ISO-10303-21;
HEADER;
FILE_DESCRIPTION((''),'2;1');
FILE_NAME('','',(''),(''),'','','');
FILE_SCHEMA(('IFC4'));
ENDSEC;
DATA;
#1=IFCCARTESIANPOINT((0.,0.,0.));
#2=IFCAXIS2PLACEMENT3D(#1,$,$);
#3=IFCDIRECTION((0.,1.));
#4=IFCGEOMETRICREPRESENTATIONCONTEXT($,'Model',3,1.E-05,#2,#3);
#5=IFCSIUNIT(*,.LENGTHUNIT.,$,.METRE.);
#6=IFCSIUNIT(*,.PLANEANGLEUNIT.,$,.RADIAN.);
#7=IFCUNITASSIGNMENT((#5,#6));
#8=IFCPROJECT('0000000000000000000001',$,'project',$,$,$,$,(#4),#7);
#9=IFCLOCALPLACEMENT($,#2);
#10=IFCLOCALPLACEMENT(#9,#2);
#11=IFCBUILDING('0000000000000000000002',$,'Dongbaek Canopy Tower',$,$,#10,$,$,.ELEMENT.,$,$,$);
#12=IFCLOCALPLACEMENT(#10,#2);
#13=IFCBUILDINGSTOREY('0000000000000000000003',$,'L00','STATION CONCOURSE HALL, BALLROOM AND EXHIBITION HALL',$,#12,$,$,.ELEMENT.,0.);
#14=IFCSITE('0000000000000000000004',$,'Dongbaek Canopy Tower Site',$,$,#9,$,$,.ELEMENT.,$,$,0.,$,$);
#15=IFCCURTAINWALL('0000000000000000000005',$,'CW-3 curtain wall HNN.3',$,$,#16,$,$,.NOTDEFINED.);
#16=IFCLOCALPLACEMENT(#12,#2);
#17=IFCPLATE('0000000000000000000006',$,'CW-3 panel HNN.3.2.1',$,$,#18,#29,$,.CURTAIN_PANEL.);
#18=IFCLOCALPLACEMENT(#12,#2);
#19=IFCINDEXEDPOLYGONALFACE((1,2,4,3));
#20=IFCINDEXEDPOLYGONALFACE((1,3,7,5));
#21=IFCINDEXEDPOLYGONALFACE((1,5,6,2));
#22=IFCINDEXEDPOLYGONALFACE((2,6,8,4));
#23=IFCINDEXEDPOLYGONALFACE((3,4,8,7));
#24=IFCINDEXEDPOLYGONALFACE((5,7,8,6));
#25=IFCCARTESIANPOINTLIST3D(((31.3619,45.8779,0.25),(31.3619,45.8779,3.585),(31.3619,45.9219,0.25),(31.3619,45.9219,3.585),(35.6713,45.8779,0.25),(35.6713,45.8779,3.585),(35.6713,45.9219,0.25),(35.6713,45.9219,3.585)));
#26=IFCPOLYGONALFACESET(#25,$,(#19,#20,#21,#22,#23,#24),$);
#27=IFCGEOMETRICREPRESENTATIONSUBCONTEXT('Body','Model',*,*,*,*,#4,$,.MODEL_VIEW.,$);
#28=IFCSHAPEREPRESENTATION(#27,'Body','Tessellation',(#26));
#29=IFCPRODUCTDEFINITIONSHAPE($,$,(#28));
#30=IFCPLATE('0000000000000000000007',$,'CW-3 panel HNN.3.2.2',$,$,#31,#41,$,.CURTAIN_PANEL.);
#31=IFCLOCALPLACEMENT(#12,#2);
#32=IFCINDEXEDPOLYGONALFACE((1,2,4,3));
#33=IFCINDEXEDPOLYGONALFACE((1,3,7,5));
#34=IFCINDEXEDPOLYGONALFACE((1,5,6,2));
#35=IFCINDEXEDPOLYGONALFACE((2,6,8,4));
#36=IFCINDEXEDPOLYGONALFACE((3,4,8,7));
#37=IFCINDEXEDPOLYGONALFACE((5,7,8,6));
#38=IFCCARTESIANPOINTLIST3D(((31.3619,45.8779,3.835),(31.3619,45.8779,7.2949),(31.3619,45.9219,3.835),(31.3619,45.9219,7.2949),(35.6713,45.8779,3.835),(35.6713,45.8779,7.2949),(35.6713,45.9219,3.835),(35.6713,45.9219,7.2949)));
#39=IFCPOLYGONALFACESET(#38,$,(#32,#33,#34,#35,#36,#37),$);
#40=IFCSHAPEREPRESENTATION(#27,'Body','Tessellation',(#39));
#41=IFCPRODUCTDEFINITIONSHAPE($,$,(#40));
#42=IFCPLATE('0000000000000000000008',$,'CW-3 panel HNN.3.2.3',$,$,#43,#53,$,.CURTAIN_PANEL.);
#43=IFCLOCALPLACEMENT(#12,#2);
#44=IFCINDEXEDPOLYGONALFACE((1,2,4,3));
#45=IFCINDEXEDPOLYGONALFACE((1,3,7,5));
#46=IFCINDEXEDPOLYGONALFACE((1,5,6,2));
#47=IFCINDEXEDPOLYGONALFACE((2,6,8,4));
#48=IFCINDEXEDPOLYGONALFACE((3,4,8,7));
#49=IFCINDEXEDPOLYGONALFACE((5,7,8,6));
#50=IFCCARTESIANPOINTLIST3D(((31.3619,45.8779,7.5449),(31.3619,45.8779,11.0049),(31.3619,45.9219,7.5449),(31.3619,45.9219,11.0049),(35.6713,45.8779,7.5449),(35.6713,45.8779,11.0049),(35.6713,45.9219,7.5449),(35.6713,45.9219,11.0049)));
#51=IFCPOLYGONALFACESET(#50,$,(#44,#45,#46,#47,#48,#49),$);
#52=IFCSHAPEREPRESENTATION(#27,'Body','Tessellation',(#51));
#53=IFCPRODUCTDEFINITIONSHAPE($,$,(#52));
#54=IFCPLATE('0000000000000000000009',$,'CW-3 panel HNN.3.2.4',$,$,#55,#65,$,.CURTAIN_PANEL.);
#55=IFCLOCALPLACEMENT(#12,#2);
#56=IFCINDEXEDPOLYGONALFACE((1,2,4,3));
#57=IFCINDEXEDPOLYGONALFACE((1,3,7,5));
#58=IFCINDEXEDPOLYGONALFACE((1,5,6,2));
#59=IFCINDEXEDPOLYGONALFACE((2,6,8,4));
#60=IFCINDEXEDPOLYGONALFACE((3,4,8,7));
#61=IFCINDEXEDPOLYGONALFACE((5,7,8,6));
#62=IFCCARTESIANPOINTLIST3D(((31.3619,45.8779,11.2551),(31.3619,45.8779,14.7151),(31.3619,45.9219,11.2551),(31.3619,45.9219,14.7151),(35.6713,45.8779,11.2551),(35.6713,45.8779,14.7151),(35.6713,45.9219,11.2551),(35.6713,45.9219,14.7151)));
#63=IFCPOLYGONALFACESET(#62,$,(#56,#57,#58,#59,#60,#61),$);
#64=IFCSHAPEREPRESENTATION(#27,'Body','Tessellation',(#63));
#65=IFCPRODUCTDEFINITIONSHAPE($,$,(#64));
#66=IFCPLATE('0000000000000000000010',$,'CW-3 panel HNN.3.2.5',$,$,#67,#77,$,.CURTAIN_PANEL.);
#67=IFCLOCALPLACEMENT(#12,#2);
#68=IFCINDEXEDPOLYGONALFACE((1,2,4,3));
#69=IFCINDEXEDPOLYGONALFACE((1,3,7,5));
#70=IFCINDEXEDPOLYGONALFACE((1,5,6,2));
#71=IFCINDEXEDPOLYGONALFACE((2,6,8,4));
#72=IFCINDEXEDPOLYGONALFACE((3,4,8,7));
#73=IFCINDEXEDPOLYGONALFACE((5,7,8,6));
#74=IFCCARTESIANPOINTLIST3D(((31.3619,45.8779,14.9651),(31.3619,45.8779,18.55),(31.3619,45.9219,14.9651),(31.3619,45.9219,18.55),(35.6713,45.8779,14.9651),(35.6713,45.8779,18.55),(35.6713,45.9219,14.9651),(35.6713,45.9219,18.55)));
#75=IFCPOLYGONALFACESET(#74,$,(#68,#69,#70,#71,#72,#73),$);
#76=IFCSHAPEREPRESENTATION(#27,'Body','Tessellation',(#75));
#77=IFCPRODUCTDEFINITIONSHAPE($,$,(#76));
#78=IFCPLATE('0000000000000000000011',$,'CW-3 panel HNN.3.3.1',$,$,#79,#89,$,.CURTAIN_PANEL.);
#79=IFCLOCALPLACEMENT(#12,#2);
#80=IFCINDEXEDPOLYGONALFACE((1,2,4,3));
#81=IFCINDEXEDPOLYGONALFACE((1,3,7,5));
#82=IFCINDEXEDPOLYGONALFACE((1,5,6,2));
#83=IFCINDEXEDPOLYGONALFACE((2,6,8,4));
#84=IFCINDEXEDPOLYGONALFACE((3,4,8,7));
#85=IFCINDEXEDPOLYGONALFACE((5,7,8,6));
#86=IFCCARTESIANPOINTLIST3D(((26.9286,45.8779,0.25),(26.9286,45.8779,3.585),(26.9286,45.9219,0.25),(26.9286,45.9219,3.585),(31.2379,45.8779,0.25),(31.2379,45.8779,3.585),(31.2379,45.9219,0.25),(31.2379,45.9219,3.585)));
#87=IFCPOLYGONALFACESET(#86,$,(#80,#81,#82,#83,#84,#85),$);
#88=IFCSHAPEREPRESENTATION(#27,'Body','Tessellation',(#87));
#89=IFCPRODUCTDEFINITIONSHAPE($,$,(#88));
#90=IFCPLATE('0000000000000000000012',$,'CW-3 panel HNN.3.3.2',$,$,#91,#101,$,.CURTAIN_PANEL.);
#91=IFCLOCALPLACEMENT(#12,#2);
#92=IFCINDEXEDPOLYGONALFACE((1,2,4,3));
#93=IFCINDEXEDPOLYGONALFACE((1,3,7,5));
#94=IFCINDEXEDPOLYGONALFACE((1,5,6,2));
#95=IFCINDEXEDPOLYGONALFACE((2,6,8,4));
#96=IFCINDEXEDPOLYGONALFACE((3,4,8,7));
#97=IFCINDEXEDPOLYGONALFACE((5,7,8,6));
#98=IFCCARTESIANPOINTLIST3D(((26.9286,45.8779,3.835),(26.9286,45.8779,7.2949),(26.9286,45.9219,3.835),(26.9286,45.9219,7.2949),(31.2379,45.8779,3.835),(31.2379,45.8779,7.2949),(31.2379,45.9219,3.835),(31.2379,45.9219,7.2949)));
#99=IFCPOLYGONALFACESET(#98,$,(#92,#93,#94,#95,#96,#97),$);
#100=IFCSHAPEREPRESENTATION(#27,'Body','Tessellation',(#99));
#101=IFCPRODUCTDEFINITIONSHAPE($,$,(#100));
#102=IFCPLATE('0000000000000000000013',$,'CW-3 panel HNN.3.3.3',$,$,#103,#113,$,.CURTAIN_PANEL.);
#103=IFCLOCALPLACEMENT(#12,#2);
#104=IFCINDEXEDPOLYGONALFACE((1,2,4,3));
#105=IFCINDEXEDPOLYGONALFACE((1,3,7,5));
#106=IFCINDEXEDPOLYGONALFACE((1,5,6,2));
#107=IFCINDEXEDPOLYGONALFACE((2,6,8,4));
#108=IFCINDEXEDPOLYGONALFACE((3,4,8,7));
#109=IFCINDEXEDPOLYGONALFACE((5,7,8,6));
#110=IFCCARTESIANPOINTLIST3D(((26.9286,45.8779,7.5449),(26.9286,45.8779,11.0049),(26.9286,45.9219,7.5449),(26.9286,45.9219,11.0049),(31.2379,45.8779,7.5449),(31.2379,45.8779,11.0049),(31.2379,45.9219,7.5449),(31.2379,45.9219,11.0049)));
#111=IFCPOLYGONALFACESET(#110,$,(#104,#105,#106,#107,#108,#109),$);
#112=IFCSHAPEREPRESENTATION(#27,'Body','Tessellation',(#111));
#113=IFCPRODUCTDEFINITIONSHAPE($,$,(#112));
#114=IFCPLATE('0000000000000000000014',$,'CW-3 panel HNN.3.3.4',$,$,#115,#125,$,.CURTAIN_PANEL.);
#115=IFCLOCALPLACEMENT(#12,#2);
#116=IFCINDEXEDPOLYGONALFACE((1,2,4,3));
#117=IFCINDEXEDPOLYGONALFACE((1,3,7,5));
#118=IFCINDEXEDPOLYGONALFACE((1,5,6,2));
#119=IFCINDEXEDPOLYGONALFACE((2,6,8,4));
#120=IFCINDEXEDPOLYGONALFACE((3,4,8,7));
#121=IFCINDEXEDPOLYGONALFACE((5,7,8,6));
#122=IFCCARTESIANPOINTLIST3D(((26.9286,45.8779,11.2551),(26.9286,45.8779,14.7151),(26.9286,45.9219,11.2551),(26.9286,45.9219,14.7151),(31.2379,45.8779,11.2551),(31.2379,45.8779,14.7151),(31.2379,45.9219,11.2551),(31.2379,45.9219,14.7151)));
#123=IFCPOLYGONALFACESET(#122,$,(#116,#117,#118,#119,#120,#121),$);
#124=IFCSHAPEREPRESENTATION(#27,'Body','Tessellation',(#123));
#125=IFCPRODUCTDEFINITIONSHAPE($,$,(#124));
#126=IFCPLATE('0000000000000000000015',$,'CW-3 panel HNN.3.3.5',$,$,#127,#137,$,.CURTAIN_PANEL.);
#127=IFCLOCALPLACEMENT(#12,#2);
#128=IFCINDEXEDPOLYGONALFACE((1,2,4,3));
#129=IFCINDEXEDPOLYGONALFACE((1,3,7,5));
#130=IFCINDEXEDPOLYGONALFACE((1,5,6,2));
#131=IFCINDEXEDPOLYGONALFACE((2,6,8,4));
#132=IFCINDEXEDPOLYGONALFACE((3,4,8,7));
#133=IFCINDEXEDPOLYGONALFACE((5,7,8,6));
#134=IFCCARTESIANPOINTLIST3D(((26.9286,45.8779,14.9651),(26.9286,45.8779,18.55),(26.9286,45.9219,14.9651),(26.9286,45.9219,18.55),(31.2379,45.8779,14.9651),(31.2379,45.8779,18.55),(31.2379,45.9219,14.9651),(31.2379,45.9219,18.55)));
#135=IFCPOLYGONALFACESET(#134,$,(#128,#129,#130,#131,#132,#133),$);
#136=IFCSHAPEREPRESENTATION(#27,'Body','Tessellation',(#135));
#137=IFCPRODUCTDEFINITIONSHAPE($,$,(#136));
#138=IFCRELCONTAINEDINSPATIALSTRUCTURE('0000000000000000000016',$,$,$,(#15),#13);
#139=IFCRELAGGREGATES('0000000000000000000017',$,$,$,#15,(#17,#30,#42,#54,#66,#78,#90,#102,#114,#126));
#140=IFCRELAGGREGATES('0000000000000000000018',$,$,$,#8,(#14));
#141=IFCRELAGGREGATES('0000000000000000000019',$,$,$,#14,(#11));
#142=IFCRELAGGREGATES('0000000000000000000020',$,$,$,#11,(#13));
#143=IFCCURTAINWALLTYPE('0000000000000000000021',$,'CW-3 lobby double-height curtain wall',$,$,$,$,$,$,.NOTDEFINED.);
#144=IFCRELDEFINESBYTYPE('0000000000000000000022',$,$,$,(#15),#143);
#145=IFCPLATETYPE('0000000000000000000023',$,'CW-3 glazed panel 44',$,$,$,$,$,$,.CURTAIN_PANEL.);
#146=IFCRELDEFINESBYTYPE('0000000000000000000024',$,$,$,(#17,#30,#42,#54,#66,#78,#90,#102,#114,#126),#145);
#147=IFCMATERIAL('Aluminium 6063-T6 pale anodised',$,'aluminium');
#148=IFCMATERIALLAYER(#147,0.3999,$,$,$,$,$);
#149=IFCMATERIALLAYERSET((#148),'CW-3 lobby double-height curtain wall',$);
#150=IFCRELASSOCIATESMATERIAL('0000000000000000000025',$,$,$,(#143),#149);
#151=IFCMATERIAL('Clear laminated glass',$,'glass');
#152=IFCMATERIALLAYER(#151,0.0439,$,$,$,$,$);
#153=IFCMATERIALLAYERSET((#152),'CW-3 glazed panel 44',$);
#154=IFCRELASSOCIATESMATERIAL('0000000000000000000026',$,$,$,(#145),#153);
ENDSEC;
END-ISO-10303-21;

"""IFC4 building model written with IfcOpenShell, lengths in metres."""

from ifc_helpers import new_model, si_unit, direction, frame, origin, origin_2d, place, context, subcontext, project, spatial, rectangle, extrude, material, layer, layer_set, type_object, element, aggregate, save


model = new_model("IFC4")

# Units and contexts
model_context = context("Model", 3, precision=1e-05, world=origin(), true_north=direction((0.0, 1.0)))
body_context = subcontext(model_context, "Body", "Model", "MODEL_VIEW")
ifc_project = project(units=[si_unit("LENGTHUNIT", "METRE"), si_unit("PLANEANGLEUNIT", "RADIAN")], contexts=[model_context])

# Site, building, storey
site_placement = place(None, origin())
site = spatial("IfcSite", under=ifc_project, at=site_placement, Name="Dongbaek Canopy Tower Site", CompositionType="ELEMENT", RefElevation=0.0)
building_placement = place(site_placement, origin())
building = spatial("IfcBuilding", under=site, at=building_placement, Name="Dongbaek Canopy Tower", CompositionType="ELEMENT")
storey_placement = place(building_placement, origin())
storey = spatial("IfcBuildingStorey", under=building, at=storey_placement, Name="L00", Description="STATION CONCOURSE HALL, BALLROOM AND EXHIBITION HALL", CompositionType="ELEMENT", Elevation=0.0)

# Curtain wall, plates
ifc_material_1 = material(Name="Aluminium 6063-T6 pale anodised", Category="aluminium")
ifc_layer_1 = layer(ifc_material_1, 0.3999)
ifc_layer_set_1 = layer_set([ifc_layer_1], Name="CW-3 lobby double-height curtain wall")
curtain_wall_type = type_object("IfcCurtainWallType", Name="CW-3 lobby double-height curtain wall", PredefinedType="NOTDEFINED", material=ifc_layer_set_1)
curtain_wall_placement = place(storey_placement, origin())
curtain_wall = element("IfcCurtainWall", 1, at=curtain_wall_placement, inside=storey, type_object=curtain_wall_type, Name="CW-3 curtain wall HNN.3", PredefinedType="NOTDEFINED")
ifc_material_2 = material(Name="Clear laminated glass", Category="glass")
ifc_layer_2 = layer(ifc_material_2, 0.0439)
ifc_layer_set_2 = layer_set([ifc_layer_2], Name="CW-3 glazed panel 44")
plate_type = type_object("IfcPlateType", Name="CW-3 glazed panel 44", PredefinedType="CURTAIN_PANEL", material=ifc_layer_set_2)
plate_1_placement = place(storey_placement, frame((33.5166, 45.8999, 0.25), z_axis=(0.0, 0.0, 1.0), x_axis=(-1.0, 0.0, 0.0)))
plate_1 = element("IfcPlate", 2, at=plate_1_placement, type_object=plate_type, Name="CW-3 panel HNN.3.2.1", PredefinedType="CURTAIN_PANEL", context=body_context, shape_type="SweptSolid", body=[
    extrude(rectangle(XDim=4.3093, YDim=0.0439, at=origin_2d()), origin(), (0.0, 0.0, 1.0), 3.335),
])
plate_2_placement = place(storey_placement, frame((33.5166, 45.8999, 3.835), z_axis=(0.0, 0.0, 1.0), x_axis=(-1.0, 0.0, 0.0)))
plate_2 = element("IfcPlate", 3, at=plate_2_placement, type_object=plate_type, Name="CW-3 panel HNN.3.2.2", PredefinedType="CURTAIN_PANEL", context=body_context, shape_type="SweptSolid", body=[
    extrude(rectangle(XDim=4.3093, YDim=0.0439, at=origin_2d()), origin(), (0.0, 0.0, 1.0), 3.46),
])
plate_3_placement = place(storey_placement, frame((33.5166, 45.8999, 7.5449), z_axis=(0.0, 0.0, 1.0), x_axis=(-1.0, 0.0, 0.0)))
plate_3 = element("IfcPlate", 4, at=plate_3_placement, type_object=plate_type, Name="CW-3 panel HNN.3.2.3", PredefinedType="CURTAIN_PANEL", context=body_context, shape_type="SweptSolid", body=[
    extrude(rectangle(XDim=4.3093, YDim=0.0439, at=origin_2d()), origin(), (0.0, 0.0, 1.0), 3.46),
])
plate_4_placement = place(storey_placement, frame((33.5166, 45.8999, 11.2551), z_axis=(0.0, 0.0, 1.0), x_axis=(-1.0, 0.0, 0.0)))
plate_4 = element("IfcPlate", 5, at=plate_4_placement, type_object=plate_type, Name="CW-3 panel HNN.3.2.4", PredefinedType="CURTAIN_PANEL", context=body_context, shape_type="SweptSolid", body=[
    extrude(rectangle(XDim=4.3093, YDim=0.0439, at=origin_2d()), origin(), (0.0, 0.0, 1.0), 3.46),
])
plate_5_placement = place(storey_placement, frame((33.5166, 45.8999, 14.9651), z_axis=(0.0, 0.0, 1.0), x_axis=(-1.0, 0.0, 0.0)))
plate_5 = element("IfcPlate", 6, at=plate_5_placement, type_object=plate_type, Name="CW-3 panel HNN.3.2.5", PredefinedType="CURTAIN_PANEL", context=body_context, shape_type="SweptSolid", body=[
    extrude(rectangle(XDim=4.3093, YDim=0.0439, at=origin_2d()), origin(), (0.0, 0.0, 1.0), 3.585),
])
plate_6_placement = place(storey_placement, frame((29.0833, 45.8999, 0.25), z_axis=(0.0, 0.0, 1.0), x_axis=(-1.0, 0.0, 0.0)))
plate_6 = element("IfcPlate", 7, at=plate_6_placement, type_object=plate_type, Name="CW-3 panel HNN.3.3.1", PredefinedType="CURTAIN_PANEL", context=body_context, shape_type="SweptSolid", body=[
    extrude(rectangle(XDim=4.3093, YDim=0.0439, at=origin_2d()), origin(), (0.0, 0.0, 1.0), 3.335),
])
plate_7_placement = place(storey_placement, frame((29.0833, 45.8999, 3.835), z_axis=(0.0, 0.0, 1.0), x_axis=(-1.0, 0.0, 0.0)))
plate_7 = element("IfcPlate", 8, at=plate_7_placement, type_object=plate_type, Name="CW-3 panel HNN.3.3.2", PredefinedType="CURTAIN_PANEL", context=body_context, shape_type="SweptSolid", body=[
    extrude(rectangle(XDim=4.3093, YDim=0.0439, at=origin_2d()), origin(), (0.0, 0.0, 1.0), 3.46),
])
plate_8_placement = place(storey_placement, frame((29.0833, 45.8999, 7.5449), z_axis=(0.0, 0.0, 1.0), x_axis=(-1.0, 0.0, 0.0)))
plate_8 = element("IfcPlate", 9, at=plate_8_placement, type_object=plate_type, Name="CW-3 panel HNN.3.3.3", PredefinedType="CURTAIN_PANEL", context=body_context, shape_type="SweptSolid", body=[
    extrude(rectangle(XDim=4.3093, YDim=0.0439, at=origin_2d()), origin(), (0.0, 0.0, 1.0), 3.46),
])
plate_9_placement = place(storey_placement, frame((29.0833, 45.8999, 11.2551), z_axis=(0.0, 0.0, 1.0), x_axis=(-1.0, 0.0, 0.0)))
plate_9 = element("IfcPlate", 10, at=plate_9_placement, type_object=plate_type, Name="CW-3 panel HNN.3.3.4", PredefinedType="CURTAIN_PANEL", context=body_context, shape_type="SweptSolid", body=[
    extrude(rectangle(XDim=4.3093, YDim=0.0439, at=origin_2d()), origin(), (0.0, 0.0, 1.0), 3.46),
])
plate_10_placement = place(storey_placement, frame((29.0833, 45.8999, 14.9651), z_axis=(0.0, 0.0, 1.0), x_axis=(-1.0, 0.0, 0.0)))
plate_10 = element("IfcPlate", 11, at=plate_10_placement, type_object=plate_type, Name="CW-3 panel HNN.3.3.5", PredefinedType="CURTAIN_PANEL", context=body_context, shape_type="SweptSolid", body=[
    extrude(rectangle(XDim=4.3093, YDim=0.0439, at=origin_2d()), origin(), (0.0, 0.0, 1.0), 3.585),
])
aggregate(curtain_wall, [plate_1, plate_2, plate_3, plate_4, plate_5, plate_6, plate_7, plate_8, plate_9, plate_10])

save(model, "model.ifc")
